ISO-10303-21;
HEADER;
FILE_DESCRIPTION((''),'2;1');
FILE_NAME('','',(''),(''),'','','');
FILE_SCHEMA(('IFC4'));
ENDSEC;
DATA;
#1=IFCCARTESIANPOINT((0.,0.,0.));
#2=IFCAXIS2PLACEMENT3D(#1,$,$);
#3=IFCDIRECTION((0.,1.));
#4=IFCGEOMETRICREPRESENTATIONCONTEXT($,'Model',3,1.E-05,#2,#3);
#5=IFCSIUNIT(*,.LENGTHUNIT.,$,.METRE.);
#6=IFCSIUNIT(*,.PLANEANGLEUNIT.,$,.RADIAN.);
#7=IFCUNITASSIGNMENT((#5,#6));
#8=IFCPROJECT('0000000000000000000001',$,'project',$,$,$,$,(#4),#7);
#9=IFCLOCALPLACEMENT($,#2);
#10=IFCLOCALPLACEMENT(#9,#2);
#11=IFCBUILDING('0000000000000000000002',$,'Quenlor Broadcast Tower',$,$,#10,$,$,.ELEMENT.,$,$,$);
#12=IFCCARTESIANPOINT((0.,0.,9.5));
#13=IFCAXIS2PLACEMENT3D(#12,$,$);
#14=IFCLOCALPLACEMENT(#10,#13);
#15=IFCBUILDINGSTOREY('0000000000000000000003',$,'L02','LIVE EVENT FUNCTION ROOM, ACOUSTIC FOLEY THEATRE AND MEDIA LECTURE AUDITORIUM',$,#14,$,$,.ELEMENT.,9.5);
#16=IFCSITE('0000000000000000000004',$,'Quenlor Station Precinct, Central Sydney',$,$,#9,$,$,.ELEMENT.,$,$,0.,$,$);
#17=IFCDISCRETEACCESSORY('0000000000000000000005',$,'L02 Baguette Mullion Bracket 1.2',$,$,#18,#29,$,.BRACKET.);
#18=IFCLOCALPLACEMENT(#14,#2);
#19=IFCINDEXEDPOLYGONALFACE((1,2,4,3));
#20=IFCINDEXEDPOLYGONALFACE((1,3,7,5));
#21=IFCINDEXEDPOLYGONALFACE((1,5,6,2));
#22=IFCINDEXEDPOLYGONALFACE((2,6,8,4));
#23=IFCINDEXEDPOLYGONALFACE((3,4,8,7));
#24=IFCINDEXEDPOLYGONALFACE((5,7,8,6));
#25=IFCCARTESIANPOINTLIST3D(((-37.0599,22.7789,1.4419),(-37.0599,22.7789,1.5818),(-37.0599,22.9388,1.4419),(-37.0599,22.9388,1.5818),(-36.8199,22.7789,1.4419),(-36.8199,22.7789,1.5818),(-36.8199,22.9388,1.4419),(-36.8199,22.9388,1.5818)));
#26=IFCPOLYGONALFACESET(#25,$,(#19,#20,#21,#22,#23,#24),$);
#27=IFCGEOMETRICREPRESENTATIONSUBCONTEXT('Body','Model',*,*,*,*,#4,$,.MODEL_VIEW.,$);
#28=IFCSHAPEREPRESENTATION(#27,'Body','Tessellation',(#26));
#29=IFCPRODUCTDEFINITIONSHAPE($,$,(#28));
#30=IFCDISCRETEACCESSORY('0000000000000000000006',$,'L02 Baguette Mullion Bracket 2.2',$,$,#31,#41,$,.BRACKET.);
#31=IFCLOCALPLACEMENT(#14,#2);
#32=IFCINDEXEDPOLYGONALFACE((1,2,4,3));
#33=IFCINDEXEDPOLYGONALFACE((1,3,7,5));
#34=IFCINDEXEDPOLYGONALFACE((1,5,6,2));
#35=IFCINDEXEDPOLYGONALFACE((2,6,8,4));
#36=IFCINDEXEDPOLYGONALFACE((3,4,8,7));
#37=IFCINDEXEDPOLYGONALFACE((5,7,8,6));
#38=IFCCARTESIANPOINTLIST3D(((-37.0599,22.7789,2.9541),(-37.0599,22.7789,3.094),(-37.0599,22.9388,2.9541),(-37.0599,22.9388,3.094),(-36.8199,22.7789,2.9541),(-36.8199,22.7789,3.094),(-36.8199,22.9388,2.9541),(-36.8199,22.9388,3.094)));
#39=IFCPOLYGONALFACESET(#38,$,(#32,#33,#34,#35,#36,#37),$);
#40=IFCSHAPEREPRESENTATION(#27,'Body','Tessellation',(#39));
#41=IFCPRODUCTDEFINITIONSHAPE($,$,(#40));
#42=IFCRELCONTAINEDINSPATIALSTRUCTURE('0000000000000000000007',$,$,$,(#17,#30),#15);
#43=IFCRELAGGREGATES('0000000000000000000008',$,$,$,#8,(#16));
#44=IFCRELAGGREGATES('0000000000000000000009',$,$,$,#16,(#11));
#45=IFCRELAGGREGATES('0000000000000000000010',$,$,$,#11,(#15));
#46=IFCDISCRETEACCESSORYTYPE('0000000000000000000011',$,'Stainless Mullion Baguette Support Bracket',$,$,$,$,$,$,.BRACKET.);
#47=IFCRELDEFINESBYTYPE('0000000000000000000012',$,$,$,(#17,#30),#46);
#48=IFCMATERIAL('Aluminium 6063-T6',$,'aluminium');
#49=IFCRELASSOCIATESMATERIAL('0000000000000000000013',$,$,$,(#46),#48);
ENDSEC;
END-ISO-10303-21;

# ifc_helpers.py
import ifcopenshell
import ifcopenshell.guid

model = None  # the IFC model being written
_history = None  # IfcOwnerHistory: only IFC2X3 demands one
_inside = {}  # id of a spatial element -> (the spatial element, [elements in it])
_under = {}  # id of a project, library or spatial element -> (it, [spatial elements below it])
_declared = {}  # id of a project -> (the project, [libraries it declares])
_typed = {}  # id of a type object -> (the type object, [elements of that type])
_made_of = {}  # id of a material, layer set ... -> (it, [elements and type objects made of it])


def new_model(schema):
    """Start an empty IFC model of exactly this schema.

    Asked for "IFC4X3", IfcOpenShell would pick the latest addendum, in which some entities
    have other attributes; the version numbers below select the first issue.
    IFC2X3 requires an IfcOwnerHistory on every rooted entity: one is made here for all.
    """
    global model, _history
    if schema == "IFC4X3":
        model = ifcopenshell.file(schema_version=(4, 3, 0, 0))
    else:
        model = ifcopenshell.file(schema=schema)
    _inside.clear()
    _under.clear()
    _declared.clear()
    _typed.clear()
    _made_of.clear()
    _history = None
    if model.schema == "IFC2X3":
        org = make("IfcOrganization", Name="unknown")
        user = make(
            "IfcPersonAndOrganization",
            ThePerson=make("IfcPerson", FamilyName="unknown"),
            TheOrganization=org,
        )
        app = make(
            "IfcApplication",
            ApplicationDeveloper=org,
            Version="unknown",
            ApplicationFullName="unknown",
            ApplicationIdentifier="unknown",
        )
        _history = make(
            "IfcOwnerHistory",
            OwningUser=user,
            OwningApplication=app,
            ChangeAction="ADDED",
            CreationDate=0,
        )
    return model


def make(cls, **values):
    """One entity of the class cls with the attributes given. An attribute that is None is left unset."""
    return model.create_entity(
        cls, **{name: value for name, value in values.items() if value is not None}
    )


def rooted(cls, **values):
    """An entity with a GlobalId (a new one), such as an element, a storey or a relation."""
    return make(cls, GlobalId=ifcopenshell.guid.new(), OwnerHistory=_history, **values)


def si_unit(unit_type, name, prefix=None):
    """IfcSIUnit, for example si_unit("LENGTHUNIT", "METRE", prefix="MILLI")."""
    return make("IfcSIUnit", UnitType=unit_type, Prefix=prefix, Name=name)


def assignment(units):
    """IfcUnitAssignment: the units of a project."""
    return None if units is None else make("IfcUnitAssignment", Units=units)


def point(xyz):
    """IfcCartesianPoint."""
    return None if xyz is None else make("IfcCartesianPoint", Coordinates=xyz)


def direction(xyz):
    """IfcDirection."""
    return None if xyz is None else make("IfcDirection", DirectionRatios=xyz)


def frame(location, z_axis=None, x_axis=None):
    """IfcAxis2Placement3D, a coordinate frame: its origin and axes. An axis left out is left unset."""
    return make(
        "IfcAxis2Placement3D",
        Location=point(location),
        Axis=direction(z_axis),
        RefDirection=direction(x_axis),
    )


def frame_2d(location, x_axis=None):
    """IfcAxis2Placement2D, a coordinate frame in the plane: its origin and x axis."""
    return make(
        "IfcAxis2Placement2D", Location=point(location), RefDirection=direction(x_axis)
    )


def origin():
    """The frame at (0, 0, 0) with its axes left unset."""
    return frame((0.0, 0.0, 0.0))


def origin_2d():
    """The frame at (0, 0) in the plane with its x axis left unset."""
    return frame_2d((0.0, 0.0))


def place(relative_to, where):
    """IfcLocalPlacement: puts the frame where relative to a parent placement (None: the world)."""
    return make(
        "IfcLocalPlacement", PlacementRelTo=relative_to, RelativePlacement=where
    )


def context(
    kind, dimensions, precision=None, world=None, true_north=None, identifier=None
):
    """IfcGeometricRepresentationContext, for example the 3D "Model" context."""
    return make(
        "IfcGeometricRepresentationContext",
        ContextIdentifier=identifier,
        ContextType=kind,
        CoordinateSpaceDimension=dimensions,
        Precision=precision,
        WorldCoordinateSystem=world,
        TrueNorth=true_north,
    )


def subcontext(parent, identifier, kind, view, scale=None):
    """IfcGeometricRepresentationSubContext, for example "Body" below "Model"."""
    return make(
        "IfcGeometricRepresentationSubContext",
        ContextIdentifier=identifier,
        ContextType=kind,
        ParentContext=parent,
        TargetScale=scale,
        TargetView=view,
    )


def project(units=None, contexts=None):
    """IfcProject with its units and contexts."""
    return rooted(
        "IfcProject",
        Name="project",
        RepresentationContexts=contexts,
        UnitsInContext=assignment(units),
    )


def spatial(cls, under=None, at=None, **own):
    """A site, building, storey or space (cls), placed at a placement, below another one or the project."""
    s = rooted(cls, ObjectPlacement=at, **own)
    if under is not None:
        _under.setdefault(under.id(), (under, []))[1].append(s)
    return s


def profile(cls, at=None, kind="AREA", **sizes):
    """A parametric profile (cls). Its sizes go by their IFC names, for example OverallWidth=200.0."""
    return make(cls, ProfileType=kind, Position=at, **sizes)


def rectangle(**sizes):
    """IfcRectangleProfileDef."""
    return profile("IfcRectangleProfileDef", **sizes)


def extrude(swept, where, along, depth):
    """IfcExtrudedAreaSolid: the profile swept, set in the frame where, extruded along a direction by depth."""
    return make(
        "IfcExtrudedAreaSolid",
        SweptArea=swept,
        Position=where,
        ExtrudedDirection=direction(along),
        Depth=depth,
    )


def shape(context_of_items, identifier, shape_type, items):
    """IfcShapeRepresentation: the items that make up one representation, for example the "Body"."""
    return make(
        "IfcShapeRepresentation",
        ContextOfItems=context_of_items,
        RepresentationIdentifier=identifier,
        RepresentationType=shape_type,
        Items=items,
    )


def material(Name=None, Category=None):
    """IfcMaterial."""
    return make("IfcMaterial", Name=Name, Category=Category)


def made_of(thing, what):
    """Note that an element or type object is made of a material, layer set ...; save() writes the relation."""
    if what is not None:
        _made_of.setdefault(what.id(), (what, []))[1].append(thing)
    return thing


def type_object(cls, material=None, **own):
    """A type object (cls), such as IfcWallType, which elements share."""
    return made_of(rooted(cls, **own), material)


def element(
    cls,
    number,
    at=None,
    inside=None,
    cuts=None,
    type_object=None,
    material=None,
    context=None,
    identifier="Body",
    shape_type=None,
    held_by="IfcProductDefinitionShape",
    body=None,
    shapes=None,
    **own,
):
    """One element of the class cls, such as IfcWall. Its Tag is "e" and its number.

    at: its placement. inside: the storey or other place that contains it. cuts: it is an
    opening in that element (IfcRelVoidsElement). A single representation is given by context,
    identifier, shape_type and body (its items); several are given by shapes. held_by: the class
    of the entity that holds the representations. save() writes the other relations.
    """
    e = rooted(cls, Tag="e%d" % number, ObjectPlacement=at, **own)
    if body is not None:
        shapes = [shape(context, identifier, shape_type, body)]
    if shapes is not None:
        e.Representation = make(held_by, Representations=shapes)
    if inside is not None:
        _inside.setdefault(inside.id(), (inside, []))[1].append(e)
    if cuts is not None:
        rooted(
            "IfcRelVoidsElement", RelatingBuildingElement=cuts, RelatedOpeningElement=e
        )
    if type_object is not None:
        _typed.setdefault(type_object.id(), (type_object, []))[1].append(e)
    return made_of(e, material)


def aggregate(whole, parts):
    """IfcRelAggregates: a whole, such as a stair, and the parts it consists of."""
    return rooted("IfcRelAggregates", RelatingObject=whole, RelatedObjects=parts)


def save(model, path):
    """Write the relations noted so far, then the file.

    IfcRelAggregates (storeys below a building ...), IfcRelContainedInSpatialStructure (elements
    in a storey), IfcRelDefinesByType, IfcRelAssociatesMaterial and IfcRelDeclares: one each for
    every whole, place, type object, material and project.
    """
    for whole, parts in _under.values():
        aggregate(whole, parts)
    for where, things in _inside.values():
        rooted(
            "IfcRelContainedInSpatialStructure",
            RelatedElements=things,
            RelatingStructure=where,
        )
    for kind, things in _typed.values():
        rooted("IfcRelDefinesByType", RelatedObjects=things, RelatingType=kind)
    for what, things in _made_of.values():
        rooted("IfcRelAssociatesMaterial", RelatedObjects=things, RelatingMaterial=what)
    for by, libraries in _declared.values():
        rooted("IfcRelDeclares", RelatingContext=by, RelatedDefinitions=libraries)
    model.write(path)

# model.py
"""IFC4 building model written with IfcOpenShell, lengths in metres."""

from ifc_helpers import new_model, si_unit, direction, frame, origin, origin_2d, place, context, subcontext, project, spatial, rectangle, extrude, material, type_object, element, save


model = new_model("IFC4")

# Units and contexts
model_context = context("Model", 3, precision=1e-05, world=origin(), true_north=direction((0.0, 1.0)))
body_context = subcontext(model_context, "Body", "Model", "MODEL_VIEW")
ifc_project = project(units=[si_unit("LENGTHUNIT", "METRE"), si_unit("PLANEANGLEUNIT", "RADIAN")], contexts=[model_context])

# Site, building, storey
site_placement = place(None, origin())
site = spatial("IfcSite", under=ifc_project, at=site_placement, Name="Quenlor Station Precinct, Central Sydney", CompositionType="ELEMENT", RefElevation=0.0)
building_placement = place(site_placement, origin())
building = spatial("IfcBuilding", under=site, at=building_placement, Name="Quenlor Broadcast Tower", CompositionType="ELEMENT")
storey_placement = place(building_placement, frame((0.0, 0.0, 9.5)))
storey = spatial("IfcBuildingStorey", under=building, at=storey_placement, Name="L02", Description="LIVE EVENT FUNCTION ROOM, ACOUSTIC FOLEY THEATRE AND MEDIA LECTURE AUDITORIUM", CompositionType="ELEMENT", Elevation=9.5)

# Discrete accessories
ifc_material_1 = material(Name="Aluminium 6063-T6", Category="aluminium")
discrete_accessory_type = type_object("IfcDiscreteAccessoryType", Name="Stainless Mullion Baguette Support Bracket", PredefinedType="BRACKET", material=ifc_material_1)
for number, where, z_axis, x_axis, name in (
    (1, (-36.9399, 22.8589, 1.4419), (0.0, 0.0, 1.0), (0.0, 1.0, 0.0), "L02 Baguette Mullion Bracket 1.2"),
    (2, (-36.9399, 22.8589, 2.9541), (0.0, 0.0, 1.0), (0.0, 1.0, 0.0), "L02 Baguette Mullion Bracket 2.2"),
):
    element("IfcDiscreteAccessory", number, at=place(storey_placement, frame(where, z_axis=z_axis, x_axis=x_axis)), inside=storey, type_object=discrete_accessory_type, Name=name, PredefinedType="BRACKET", context=body_context, shape_type="SweptSolid", body=[
        extrude(rectangle(XDim=0.1599, YDim=0.24, at=origin_2d()), origin(), (0.0, 0.0, 1.0), 0.1399),
    ])

save(model, "model.ifc")
